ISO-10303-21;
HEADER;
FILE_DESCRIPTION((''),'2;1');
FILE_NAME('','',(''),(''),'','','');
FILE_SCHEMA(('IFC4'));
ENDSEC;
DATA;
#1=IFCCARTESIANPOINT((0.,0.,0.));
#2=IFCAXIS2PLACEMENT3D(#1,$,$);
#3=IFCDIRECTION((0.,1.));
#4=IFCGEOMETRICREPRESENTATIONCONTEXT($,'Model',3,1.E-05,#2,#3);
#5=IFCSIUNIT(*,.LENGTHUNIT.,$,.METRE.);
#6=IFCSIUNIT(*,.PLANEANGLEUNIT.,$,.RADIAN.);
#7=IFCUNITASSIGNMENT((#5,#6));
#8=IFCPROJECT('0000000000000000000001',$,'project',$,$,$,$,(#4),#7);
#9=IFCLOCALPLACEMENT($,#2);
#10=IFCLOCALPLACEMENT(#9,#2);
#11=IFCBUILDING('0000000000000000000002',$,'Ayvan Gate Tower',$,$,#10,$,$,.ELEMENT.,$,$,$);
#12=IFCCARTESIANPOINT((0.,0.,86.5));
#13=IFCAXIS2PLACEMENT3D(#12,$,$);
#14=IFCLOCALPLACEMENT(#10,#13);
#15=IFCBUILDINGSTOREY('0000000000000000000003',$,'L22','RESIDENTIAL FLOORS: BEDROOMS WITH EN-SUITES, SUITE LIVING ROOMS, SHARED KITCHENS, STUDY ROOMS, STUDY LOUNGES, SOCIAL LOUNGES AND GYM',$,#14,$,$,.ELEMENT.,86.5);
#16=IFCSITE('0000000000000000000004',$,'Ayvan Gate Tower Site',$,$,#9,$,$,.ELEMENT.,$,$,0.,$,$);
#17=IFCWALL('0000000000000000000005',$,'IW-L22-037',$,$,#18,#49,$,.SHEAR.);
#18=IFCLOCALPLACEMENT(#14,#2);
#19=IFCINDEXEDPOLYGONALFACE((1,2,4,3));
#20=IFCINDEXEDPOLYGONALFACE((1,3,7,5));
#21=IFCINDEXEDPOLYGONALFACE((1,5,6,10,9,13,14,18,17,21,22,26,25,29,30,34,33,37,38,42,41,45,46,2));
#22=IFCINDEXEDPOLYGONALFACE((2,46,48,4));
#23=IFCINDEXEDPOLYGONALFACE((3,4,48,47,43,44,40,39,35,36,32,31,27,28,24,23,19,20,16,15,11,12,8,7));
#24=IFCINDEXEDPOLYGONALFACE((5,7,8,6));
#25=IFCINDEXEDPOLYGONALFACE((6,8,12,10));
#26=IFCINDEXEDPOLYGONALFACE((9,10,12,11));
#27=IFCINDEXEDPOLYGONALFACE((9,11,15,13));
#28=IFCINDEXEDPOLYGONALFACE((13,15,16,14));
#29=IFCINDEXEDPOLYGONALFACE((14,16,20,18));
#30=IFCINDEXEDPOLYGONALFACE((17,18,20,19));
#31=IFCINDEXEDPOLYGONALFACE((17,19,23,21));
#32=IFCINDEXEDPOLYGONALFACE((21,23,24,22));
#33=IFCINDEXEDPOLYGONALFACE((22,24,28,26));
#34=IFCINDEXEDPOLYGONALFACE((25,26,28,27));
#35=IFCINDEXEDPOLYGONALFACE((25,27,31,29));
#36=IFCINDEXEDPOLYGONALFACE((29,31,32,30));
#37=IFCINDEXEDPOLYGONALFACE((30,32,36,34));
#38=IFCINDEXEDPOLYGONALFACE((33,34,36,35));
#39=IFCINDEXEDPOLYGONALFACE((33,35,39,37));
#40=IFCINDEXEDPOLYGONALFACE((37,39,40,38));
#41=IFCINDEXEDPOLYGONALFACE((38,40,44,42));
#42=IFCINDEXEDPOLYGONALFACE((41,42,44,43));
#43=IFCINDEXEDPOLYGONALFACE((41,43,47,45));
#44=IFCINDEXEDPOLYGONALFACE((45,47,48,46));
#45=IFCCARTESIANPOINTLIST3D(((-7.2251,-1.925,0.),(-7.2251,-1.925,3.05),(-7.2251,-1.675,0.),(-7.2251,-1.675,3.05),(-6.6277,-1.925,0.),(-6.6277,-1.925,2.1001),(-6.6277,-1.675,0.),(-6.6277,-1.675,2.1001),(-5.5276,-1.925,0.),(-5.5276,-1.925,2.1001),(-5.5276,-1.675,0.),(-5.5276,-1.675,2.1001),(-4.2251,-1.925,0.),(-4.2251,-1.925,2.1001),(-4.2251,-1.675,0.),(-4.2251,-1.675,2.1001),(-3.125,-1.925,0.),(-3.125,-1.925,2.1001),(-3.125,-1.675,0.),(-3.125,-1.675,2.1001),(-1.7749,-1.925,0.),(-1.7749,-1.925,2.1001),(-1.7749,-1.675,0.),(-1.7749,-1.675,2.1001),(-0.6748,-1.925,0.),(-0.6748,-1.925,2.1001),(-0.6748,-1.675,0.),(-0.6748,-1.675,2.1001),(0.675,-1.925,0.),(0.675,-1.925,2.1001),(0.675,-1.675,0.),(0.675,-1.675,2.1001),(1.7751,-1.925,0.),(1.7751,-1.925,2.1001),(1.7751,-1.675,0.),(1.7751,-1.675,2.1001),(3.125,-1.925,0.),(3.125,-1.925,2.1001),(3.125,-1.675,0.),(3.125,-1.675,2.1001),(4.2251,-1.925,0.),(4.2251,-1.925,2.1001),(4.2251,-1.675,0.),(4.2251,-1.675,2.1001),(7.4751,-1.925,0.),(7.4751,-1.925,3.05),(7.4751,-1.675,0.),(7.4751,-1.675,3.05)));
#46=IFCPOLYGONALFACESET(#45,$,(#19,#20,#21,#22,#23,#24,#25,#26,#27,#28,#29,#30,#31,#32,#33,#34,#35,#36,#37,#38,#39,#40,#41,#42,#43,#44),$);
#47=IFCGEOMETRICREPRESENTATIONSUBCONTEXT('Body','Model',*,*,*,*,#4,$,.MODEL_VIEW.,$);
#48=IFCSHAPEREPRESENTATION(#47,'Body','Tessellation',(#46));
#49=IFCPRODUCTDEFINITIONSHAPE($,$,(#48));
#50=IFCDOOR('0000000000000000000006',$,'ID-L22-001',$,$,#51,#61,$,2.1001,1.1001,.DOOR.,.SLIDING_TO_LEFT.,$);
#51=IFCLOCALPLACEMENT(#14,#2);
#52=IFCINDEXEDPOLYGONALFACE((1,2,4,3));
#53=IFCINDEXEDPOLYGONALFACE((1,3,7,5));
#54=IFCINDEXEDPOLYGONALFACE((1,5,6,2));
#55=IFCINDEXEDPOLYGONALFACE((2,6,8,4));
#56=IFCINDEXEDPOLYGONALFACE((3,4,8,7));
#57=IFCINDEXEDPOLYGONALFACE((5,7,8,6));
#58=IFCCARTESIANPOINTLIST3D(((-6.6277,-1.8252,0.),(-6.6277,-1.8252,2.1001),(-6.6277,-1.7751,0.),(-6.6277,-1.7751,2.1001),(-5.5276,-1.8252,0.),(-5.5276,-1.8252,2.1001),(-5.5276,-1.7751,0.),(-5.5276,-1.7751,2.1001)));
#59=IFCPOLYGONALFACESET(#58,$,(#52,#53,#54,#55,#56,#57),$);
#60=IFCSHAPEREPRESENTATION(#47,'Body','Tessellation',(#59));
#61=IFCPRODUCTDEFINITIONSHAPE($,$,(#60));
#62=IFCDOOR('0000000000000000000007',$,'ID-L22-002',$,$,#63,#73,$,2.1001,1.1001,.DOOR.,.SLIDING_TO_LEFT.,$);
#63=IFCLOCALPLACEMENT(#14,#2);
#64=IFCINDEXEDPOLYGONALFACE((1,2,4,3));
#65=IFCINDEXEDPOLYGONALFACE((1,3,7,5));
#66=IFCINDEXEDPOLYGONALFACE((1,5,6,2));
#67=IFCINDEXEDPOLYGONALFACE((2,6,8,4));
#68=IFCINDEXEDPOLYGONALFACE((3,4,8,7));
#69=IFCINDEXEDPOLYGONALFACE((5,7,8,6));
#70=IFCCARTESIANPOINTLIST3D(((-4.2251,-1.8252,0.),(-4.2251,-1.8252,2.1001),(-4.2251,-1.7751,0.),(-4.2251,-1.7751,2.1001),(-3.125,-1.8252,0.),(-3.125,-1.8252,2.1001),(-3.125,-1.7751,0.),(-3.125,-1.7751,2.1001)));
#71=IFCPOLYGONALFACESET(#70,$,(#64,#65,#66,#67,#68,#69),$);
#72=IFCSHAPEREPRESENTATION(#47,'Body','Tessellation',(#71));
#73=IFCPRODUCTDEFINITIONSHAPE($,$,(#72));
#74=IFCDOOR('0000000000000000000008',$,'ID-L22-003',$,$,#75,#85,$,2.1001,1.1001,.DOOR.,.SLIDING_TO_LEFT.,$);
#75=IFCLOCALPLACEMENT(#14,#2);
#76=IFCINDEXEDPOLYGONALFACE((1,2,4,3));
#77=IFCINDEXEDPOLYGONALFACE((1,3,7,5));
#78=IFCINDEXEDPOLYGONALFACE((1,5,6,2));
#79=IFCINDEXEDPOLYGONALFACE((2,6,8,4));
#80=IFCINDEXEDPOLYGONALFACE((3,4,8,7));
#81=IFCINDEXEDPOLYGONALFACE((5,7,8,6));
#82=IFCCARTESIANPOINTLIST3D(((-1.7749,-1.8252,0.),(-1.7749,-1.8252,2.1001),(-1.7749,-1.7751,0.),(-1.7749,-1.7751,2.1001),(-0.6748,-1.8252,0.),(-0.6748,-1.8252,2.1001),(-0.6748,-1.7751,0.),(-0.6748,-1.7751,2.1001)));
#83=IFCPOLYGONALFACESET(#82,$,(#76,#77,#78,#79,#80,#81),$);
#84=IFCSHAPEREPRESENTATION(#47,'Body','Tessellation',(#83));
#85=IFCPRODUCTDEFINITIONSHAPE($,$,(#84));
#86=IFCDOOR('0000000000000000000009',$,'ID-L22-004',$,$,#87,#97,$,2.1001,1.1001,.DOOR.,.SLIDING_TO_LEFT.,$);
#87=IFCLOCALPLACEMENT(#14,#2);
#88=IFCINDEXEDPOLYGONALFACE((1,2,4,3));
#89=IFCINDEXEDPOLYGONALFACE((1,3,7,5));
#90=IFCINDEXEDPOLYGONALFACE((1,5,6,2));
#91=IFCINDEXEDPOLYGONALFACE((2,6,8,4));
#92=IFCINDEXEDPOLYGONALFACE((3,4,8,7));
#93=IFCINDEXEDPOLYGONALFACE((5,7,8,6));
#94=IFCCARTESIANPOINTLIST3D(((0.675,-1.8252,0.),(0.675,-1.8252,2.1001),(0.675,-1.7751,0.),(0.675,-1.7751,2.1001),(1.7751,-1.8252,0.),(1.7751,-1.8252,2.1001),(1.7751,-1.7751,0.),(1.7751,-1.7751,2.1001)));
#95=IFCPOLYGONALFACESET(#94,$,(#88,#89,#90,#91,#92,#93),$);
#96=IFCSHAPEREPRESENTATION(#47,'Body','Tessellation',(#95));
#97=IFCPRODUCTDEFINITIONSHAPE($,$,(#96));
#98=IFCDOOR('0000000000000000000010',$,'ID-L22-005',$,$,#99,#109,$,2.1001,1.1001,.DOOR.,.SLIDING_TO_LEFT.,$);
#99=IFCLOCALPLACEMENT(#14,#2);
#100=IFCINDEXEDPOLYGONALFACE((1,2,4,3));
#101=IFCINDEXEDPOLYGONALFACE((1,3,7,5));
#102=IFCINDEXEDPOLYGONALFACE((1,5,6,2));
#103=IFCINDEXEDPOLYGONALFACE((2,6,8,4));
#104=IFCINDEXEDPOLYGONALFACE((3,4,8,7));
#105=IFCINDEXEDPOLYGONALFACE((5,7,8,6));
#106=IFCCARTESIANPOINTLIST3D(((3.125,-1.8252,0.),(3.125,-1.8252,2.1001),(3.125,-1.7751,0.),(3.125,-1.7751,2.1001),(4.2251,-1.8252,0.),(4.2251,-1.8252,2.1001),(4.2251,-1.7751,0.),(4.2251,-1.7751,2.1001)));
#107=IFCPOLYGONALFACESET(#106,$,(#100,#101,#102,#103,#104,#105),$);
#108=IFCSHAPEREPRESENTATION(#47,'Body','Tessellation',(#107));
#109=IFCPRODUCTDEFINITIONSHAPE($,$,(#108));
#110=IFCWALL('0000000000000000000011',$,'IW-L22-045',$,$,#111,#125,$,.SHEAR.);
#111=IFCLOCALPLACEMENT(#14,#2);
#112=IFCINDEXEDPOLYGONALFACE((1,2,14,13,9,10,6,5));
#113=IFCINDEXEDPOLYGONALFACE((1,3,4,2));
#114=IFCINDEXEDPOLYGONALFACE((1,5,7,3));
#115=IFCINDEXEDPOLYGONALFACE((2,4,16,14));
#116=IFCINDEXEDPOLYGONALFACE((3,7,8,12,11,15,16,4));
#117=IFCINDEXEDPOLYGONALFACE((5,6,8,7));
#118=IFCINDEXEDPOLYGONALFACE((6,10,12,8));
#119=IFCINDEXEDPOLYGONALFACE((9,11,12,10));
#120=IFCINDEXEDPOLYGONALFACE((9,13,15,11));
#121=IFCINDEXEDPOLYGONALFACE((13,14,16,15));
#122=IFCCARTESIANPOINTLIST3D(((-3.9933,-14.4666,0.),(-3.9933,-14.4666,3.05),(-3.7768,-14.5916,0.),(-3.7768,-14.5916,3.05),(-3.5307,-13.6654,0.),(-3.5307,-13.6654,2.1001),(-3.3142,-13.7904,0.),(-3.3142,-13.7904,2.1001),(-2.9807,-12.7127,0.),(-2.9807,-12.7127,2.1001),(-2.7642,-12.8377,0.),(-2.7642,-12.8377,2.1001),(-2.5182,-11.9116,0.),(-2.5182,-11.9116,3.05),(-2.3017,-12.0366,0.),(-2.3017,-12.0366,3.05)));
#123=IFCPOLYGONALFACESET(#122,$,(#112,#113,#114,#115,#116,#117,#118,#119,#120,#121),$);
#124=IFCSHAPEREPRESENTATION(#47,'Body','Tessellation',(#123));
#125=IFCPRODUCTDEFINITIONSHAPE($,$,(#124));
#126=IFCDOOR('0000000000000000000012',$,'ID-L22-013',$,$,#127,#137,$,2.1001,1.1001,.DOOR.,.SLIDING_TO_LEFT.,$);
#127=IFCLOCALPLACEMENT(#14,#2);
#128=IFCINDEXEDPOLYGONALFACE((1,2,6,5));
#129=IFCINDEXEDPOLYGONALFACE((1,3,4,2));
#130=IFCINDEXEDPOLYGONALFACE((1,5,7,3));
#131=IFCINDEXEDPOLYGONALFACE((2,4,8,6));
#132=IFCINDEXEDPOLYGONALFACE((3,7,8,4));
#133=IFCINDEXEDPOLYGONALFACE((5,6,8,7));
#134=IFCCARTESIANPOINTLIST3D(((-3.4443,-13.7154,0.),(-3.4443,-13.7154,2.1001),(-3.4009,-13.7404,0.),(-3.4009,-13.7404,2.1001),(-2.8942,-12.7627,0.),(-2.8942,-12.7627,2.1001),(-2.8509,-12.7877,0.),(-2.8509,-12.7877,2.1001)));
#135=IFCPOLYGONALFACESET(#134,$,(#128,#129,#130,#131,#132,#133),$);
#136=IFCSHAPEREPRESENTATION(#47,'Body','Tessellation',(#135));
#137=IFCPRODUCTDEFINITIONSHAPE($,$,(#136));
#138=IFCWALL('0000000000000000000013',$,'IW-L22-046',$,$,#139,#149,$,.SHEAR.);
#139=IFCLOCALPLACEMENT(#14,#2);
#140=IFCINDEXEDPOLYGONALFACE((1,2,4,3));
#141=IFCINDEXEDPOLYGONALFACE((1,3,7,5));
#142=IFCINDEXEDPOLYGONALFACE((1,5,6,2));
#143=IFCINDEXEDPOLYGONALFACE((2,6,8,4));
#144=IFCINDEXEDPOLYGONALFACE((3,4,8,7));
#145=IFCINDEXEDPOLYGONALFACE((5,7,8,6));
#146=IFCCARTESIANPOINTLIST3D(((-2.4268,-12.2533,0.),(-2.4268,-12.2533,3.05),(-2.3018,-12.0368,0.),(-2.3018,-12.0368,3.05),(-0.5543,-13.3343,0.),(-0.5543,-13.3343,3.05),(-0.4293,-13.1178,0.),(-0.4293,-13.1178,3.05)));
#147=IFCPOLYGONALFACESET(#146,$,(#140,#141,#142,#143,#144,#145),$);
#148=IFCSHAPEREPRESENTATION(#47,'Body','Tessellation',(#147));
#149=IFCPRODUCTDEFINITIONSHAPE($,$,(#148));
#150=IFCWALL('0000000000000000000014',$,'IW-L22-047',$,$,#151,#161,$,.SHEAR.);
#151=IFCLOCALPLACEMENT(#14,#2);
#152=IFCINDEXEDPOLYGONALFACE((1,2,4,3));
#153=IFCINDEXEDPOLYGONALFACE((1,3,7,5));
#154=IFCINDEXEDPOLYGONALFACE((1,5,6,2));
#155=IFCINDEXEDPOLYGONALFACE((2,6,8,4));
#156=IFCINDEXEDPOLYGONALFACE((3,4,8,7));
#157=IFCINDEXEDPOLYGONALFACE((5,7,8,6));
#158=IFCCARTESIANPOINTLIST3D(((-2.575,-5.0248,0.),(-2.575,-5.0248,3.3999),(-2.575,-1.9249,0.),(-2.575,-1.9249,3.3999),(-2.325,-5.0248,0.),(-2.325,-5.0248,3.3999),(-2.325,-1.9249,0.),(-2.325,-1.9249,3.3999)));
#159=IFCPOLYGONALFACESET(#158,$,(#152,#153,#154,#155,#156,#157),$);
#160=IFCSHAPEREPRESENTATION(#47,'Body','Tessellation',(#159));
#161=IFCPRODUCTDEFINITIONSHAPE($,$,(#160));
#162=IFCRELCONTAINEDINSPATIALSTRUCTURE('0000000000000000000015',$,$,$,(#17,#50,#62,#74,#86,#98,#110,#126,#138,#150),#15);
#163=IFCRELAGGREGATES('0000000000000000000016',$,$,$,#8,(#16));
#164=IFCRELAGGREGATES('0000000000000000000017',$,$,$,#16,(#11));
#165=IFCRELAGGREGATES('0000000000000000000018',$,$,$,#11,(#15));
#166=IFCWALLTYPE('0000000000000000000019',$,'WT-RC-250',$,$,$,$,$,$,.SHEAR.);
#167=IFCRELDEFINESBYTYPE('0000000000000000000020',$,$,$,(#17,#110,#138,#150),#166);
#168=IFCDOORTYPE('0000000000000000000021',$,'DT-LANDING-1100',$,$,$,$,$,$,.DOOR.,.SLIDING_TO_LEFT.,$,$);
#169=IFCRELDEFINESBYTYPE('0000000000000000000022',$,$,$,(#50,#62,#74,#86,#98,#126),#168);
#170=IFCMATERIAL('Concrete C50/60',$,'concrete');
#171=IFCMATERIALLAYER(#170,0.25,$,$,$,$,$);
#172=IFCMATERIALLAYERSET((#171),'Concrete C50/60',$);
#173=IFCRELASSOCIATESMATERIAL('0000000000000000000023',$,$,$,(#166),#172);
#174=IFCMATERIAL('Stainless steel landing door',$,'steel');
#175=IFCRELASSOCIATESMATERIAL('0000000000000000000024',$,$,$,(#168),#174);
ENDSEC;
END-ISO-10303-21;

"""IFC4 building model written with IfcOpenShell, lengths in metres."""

from ifc_helpers import new_model, si_unit, direction, frame, frame_2d, origin, place, context, subcontext, project, spatial, rectangle, extrude, material, layer, layer_set, type_object, element, fill, save


model = new_model("IFC4")

# Units and contexts
model_context = context("Model", 3, precision=1e-05, world=origin(), true_north=direction((0.0, 1.0)))
body_context = subcontext(model_context, "Body", "Model", "MODEL_VIEW")
ifc_project = project(units=[si_unit("LENGTHUNIT", "METRE"), si_unit("PLANEANGLEUNIT", "RADIAN")], contexts=[model_context])

# Site, building, storey
site_placement = place(None, origin())
site = spatial("IfcSite", under=ifc_project, at=site_placement, Name="Ayvan Gate Tower Site", CompositionType="ELEMENT", RefElevation=0.0)
building_placement = place(site_placement, origin())
building = spatial("IfcBuilding", under=site, at=building_placement, Name="Ayvan Gate Tower", CompositionType="ELEMENT")
storey_placement = place(building_placement, frame((0.0, 0.0, 86.5)))
storey = spatial("IfcBuildingStorey", under=building, at=storey_placement, Name="L22", Description="RESIDENTIAL FLOORS: BEDROOMS WITH EN-SUITES, SUITE LIVING ROOMS, SHARED KITCHENS, STUDY ROOMS, STUDY LOUNGES, SOCIAL LOUNGES AND GYM", CompositionType="ELEMENT", Elevation=86.5)

# Shared definitions
ifc_material_1 = material(Name="Concrete C50/60", Category="concrete")
ifc_layer_1 = layer(ifc_material_1, 0.25)
ifc_layer_set_1 = layer_set([ifc_layer_1], Name="Concrete C50/60")
wall_type_1 = type_object("IfcWallType", Name="WT-RC-250", PredefinedType="SHEAR", material=ifc_layer_set_1)

# Wall, openings, doors
wall_1_placement = place(storey_placement, frame((-7.2251, -1.8, 0.0), z_axis=(0.0, 0.0, 1.0), x_axis=(1.0, 0.0, 0.0)))
wall_1 = element("IfcWall", 1, at=wall_1_placement, inside=storey, type_object=wall_type_1, Name="IW-L22-037", PredefinedType="SHEAR", context=body_context, shape_type="SweptSolid", body=[
    extrude(rectangle(XDim=14.7002, YDim=0.25, at=frame_2d((7.3501, 0.0))), origin(), (0.0, 0.0, 1.0), 3.05),
])
opening_1_placement = place(wall_1_placement, frame((0.5974, 0.0, 0.0)))
opening_1 = element("IfcOpeningElement", 2, at=opening_1_placement, cuts=wall_1, PredefinedType="OPENING", context=body_context, shape_type="SweptSolid", body=[
    extrude(rectangle(XDim=1.1001, YDim=2.1001, at=frame_2d((0.55, 1.05))), frame((0.0, 0.135, 0.0), z_axis=(0.0, -1.0, 0.0), x_axis=(1.0, 0.0, 0.0)), (0.0, 0.0, 1.0), 0.27),
])
opening_2_placement = place(wall_1_placement, frame((3.0, 0.0, 0.0)))
opening_2 = element("IfcOpeningElement", 3, at=opening_2_placement, cuts=wall_1, PredefinedType="OPENING", context=body_context, shape_type="SweptSolid", body=[
    extrude(rectangle(XDim=1.1001, YDim=2.1001, at=frame_2d((0.55, 1.05))), frame((0.0, 0.135, 0.0), z_axis=(0.0, -1.0, 0.0), x_axis=(1.0, 0.0, 0.0)), (0.0, 0.0, 1.0), 0.27),
])
opening_3_placement = place(wall_1_placement, frame((5.4502, 0.0, 0.0)))
opening_3 = element("IfcOpeningElement", 4, at=opening_3_placement, cuts=wall_1, PredefinedType="OPENING", context=body_context, shape_type="SweptSolid", body=[
    extrude(rectangle(XDim=1.1001, YDim=2.1001, at=frame_2d((0.55, 1.05))), frame((0.0, 0.135, 0.0), z_axis=(0.0, -1.0, 0.0), x_axis=(1.0, 0.0, 0.0)), (0.0, 0.0, 1.0), 0.27),
])
opening_4_placement = place(wall_1_placement, frame((7.9001, 0.0, 0.0)))
opening_4 = element("IfcOpeningElement", 5, at=opening_4_placement, cuts=wall_1, PredefinedType="OPENING", context=body_context, shape_type="SweptSolid", body=[
    extrude(rectangle(XDim=1.1001, YDim=2.1001, at=frame_2d((0.55, 1.05))), frame((0.0, 0.135, 0.0), z_axis=(0.0, -1.0, 0.0), x_axis=(1.0, 0.0, 0.0)), (0.0, 0.0, 1.0), 0.27),
])
opening_5_placement = place(wall_1_placement, frame((10.3501, 0.0, 0.0)))
opening_5 = element("IfcOpeningElement", 6, at=opening_5_placement, cuts=wall_1, PredefinedType="OPENING", context=body_context, shape_type="SweptSolid", body=[
    extrude(rectangle(XDim=1.1001, YDim=2.1001, at=frame_2d((0.55, 1.05))), frame((0.0, 0.135, 0.0), z_axis=(0.0, -1.0, 0.0), x_axis=(1.0, 0.0, 0.0)), (0.0, 0.0, 1.0), 0.27),
])
ifc_material_2 = material(Name="Stainless steel landing door", Category="steel")
door_type_1 = type_object("IfcDoorType", Name="DT-LANDING-1100", OperationType="SLIDING_TO_LEFT", PredefinedType="DOOR", material=ifc_material_2)
door_1_placement = place(opening_1_placement, origin())
door_1 = element("IfcDoor", 7, at=door_1_placement, inside=storey, type_object=door_type_1, Name="ID-L22-001", OperationType="SLIDING_TO_LEFT", OverallHeight=2.1001, OverallWidth=1.1001, PredefinedType="DOOR", context=body_context, shape_type="SweptSolid", body=[
    extrude(rectangle(XDim=1.1001, YDim=2.1001, at=frame_2d((0.55, 1.05))), frame((0.0, 0.0249, 0.0), z_axis=(0.0, -1.0, 0.0), x_axis=(1.0, 0.0, 0.0)), (0.0, 0.0, 1.0), 0.05),
])
fill(opening_1, door_1)
door_2_placement = place(opening_2_placement, origin())
door_2 = element("IfcDoor", 8, at=door_2_placement, inside=storey, type_object=door_type_1, Name="ID-L22-002", OperationType="SLIDING_TO_LEFT", OverallHeight=2.1001, OverallWidth=1.1001, PredefinedType="DOOR", context=body_context, shape_type="SweptSolid", body=[
    extrude(rectangle(XDim=1.1001, YDim=2.1001, at=frame_2d((0.55, 1.05))), frame((0.0, 0.0249, 0.0), z_axis=(0.0, -1.0, 0.0), x_axis=(1.0, 0.0, 0.0)), (0.0, 0.0, 1.0), 0.05),
])
fill(opening_2, door_2)
door_3_placement = place(opening_3_placement, origin())
door_3 = element("IfcDoor", 9, at=door_3_placement, inside=storey, type_object=door_type_1, Name="ID-L22-003", OperationType="SLIDING_TO_LEFT", OverallHeight=2.1001, OverallWidth=1.1001, PredefinedType="DOOR", context=body_context, shape_type="SweptSolid", body=[
    extrude(rectangle(XDim=1.1001, YDim=2.1001, at=frame_2d((0.55, 1.05))), frame((0.0, 0.0249, 0.0), z_axis=(0.0, -1.0, 0.0), x_axis=(1.0, 0.0, 0.0)), (0.0, 0.0, 1.0), 0.05),
])
fill(opening_3, door_3)
door_4_placement = place(opening_4_placement, origin())
door_4 = element("IfcDoor", 10, at=door_4_placement, inside=storey, type_object=door_type_1, Name="ID-L22-004", OperationType="SLIDING_TO_LEFT", OverallHeight=2.1001, OverallWidth=1.1001, PredefinedType="DOOR", context=body_context, shape_type="SweptSolid", body=[
    extrude(rectangle(XDim=1.1001, YDim=2.1001, at=frame_2d((0.55, 1.05))), frame((0.0, 0.0249, 0.0), z_axis=(0.0, -1.0, 0.0), x_axis=(1.0, 0.0, 0.0)), (0.0, 0.0, 1.0), 0.05),
])
fill(opening_4, door_4)
door_5_placement = place(opening_5_placement, origin())
door_5 = element("IfcDoor", 11, at=door_5_placement, inside=storey, type_object=door_type_1, Name="ID-L22-005", OperationType="SLIDING_TO_LEFT", OverallHeight=2.1001, OverallWidth=1.1001, PredefinedType="DOOR", context=body_context, shape_type="SweptSolid", body=[
    extrude(rectangle(XDim=1.1001, YDim=2.1001, at=frame_2d((0.55, 1.05))), frame((0.0, 0.0249, 0.0), z_axis=(0.0, -1.0, 0.0), x_axis=(1.0, 0.0, 0.0)), (0.0, 0.0, 1.0), 0.05),
])
fill(opening_5, door_5)

# Wall, opening, door
wall_2_placement = place(storey_placement, frame((-2.4099, -11.9741, 0.0), z_axis=(0.0, 0.0, 1.0), x_axis=(-0.500002, -0.866024, 0.0)))
wall_2 = element("IfcWall", 12, at=wall_2_placement, inside=storey, type_object=wall_type_1, Name="IW-L22-045", PredefinedType="SHEAR", context=body_context, shape_type="SweptSolid", body=[
    extrude(rectangle(XDim=2.9502, YDim=0.25, at=frame_2d((1.4751, 0.0))), origin(), (0.0, 0.0, 1.0), 3.05),
])
opening_6_placement = place(wall_2_placement, frame((0.925, 0.0, 0.0)))
opening_6 = element("IfcOpeningElement", 13, at=opening_6_placement, cuts=wall_2, PredefinedType="OPENING", context=body_context, shape_type="SweptSolid", body=[
    extrude(rectangle(XDim=1.1001, YDim=2.1001, at=frame_2d((0.55, 1.05))), frame((0.0, 0.135, 0.0), z_axis=(0.0, -1.0, 0.0), x_axis=(1.0, 0.0, 0.0)), (0.0, 0.0, 1.0), 0.27),
])
door_6_placement = place(opening_6_placement, origin())
door_6 = element("IfcDoor", 14, at=door_6_placement, inside=storey, type_object=door_type_1, Name="ID-L22-013", OperationType="SLIDING_TO_LEFT", OverallHeight=2.1001, OverallWidth=1.1001, PredefinedType="DOOR", context=body_context, shape_type="SweptSolid", body=[
    extrude(rectangle(XDim=1.1001, YDim=2.1001, at=frame_2d((0.55, 1.05))), frame((0.0, 0.0249, 0.0), z_axis=(0.0, -1.0, 0.0), x_axis=(1.0, 0.0, 0.0)), (0.0, 0.0, 1.0), 0.05),
])
fill(opening_6, door_6)

# Walls
wall_3_placement = place(storey_placement, frame((-2.3643, -12.145, 0.0), z_axis=(0.0, 0.0, 1.0), x_axis=(0.866039, -0.499977, 0.0)))
element("IfcWall", 15, at=wall_3_placement, inside=storey, type_object=wall_type_1, Name="IW-L22-046", PredefinedType="SHEAR", context=body_context, shape_type="SweptSolid", body=[
    extrude(rectangle(XDim=2.1621, YDim=0.25, at=frame_2d((1.0811, 0.0))), origin(), (0.0, 0.0, 1.0), 3.05),
])
wall_4_placement = place(storey_placement, frame((-2.45, -1.925, 0.0), z_axis=(0.0, 0.0, 1.0), x_axis=(0.0, -1.0, 0.0)))
element("IfcWall", 16, at=wall_4_placement, inside=storey, type_object=wall_type_1, Name="IW-L22-047", PredefinedType="SHEAR", context=body_context, shape_type="SweptSolid", body=[
    extrude(rectangle(XDim=3.0999, YDim=0.25, at=frame_2d((1.5498, 0.0))), origin(), (0.0, 0.0, 1.0), 3.3999),
])

save(model, "model.ifc")
